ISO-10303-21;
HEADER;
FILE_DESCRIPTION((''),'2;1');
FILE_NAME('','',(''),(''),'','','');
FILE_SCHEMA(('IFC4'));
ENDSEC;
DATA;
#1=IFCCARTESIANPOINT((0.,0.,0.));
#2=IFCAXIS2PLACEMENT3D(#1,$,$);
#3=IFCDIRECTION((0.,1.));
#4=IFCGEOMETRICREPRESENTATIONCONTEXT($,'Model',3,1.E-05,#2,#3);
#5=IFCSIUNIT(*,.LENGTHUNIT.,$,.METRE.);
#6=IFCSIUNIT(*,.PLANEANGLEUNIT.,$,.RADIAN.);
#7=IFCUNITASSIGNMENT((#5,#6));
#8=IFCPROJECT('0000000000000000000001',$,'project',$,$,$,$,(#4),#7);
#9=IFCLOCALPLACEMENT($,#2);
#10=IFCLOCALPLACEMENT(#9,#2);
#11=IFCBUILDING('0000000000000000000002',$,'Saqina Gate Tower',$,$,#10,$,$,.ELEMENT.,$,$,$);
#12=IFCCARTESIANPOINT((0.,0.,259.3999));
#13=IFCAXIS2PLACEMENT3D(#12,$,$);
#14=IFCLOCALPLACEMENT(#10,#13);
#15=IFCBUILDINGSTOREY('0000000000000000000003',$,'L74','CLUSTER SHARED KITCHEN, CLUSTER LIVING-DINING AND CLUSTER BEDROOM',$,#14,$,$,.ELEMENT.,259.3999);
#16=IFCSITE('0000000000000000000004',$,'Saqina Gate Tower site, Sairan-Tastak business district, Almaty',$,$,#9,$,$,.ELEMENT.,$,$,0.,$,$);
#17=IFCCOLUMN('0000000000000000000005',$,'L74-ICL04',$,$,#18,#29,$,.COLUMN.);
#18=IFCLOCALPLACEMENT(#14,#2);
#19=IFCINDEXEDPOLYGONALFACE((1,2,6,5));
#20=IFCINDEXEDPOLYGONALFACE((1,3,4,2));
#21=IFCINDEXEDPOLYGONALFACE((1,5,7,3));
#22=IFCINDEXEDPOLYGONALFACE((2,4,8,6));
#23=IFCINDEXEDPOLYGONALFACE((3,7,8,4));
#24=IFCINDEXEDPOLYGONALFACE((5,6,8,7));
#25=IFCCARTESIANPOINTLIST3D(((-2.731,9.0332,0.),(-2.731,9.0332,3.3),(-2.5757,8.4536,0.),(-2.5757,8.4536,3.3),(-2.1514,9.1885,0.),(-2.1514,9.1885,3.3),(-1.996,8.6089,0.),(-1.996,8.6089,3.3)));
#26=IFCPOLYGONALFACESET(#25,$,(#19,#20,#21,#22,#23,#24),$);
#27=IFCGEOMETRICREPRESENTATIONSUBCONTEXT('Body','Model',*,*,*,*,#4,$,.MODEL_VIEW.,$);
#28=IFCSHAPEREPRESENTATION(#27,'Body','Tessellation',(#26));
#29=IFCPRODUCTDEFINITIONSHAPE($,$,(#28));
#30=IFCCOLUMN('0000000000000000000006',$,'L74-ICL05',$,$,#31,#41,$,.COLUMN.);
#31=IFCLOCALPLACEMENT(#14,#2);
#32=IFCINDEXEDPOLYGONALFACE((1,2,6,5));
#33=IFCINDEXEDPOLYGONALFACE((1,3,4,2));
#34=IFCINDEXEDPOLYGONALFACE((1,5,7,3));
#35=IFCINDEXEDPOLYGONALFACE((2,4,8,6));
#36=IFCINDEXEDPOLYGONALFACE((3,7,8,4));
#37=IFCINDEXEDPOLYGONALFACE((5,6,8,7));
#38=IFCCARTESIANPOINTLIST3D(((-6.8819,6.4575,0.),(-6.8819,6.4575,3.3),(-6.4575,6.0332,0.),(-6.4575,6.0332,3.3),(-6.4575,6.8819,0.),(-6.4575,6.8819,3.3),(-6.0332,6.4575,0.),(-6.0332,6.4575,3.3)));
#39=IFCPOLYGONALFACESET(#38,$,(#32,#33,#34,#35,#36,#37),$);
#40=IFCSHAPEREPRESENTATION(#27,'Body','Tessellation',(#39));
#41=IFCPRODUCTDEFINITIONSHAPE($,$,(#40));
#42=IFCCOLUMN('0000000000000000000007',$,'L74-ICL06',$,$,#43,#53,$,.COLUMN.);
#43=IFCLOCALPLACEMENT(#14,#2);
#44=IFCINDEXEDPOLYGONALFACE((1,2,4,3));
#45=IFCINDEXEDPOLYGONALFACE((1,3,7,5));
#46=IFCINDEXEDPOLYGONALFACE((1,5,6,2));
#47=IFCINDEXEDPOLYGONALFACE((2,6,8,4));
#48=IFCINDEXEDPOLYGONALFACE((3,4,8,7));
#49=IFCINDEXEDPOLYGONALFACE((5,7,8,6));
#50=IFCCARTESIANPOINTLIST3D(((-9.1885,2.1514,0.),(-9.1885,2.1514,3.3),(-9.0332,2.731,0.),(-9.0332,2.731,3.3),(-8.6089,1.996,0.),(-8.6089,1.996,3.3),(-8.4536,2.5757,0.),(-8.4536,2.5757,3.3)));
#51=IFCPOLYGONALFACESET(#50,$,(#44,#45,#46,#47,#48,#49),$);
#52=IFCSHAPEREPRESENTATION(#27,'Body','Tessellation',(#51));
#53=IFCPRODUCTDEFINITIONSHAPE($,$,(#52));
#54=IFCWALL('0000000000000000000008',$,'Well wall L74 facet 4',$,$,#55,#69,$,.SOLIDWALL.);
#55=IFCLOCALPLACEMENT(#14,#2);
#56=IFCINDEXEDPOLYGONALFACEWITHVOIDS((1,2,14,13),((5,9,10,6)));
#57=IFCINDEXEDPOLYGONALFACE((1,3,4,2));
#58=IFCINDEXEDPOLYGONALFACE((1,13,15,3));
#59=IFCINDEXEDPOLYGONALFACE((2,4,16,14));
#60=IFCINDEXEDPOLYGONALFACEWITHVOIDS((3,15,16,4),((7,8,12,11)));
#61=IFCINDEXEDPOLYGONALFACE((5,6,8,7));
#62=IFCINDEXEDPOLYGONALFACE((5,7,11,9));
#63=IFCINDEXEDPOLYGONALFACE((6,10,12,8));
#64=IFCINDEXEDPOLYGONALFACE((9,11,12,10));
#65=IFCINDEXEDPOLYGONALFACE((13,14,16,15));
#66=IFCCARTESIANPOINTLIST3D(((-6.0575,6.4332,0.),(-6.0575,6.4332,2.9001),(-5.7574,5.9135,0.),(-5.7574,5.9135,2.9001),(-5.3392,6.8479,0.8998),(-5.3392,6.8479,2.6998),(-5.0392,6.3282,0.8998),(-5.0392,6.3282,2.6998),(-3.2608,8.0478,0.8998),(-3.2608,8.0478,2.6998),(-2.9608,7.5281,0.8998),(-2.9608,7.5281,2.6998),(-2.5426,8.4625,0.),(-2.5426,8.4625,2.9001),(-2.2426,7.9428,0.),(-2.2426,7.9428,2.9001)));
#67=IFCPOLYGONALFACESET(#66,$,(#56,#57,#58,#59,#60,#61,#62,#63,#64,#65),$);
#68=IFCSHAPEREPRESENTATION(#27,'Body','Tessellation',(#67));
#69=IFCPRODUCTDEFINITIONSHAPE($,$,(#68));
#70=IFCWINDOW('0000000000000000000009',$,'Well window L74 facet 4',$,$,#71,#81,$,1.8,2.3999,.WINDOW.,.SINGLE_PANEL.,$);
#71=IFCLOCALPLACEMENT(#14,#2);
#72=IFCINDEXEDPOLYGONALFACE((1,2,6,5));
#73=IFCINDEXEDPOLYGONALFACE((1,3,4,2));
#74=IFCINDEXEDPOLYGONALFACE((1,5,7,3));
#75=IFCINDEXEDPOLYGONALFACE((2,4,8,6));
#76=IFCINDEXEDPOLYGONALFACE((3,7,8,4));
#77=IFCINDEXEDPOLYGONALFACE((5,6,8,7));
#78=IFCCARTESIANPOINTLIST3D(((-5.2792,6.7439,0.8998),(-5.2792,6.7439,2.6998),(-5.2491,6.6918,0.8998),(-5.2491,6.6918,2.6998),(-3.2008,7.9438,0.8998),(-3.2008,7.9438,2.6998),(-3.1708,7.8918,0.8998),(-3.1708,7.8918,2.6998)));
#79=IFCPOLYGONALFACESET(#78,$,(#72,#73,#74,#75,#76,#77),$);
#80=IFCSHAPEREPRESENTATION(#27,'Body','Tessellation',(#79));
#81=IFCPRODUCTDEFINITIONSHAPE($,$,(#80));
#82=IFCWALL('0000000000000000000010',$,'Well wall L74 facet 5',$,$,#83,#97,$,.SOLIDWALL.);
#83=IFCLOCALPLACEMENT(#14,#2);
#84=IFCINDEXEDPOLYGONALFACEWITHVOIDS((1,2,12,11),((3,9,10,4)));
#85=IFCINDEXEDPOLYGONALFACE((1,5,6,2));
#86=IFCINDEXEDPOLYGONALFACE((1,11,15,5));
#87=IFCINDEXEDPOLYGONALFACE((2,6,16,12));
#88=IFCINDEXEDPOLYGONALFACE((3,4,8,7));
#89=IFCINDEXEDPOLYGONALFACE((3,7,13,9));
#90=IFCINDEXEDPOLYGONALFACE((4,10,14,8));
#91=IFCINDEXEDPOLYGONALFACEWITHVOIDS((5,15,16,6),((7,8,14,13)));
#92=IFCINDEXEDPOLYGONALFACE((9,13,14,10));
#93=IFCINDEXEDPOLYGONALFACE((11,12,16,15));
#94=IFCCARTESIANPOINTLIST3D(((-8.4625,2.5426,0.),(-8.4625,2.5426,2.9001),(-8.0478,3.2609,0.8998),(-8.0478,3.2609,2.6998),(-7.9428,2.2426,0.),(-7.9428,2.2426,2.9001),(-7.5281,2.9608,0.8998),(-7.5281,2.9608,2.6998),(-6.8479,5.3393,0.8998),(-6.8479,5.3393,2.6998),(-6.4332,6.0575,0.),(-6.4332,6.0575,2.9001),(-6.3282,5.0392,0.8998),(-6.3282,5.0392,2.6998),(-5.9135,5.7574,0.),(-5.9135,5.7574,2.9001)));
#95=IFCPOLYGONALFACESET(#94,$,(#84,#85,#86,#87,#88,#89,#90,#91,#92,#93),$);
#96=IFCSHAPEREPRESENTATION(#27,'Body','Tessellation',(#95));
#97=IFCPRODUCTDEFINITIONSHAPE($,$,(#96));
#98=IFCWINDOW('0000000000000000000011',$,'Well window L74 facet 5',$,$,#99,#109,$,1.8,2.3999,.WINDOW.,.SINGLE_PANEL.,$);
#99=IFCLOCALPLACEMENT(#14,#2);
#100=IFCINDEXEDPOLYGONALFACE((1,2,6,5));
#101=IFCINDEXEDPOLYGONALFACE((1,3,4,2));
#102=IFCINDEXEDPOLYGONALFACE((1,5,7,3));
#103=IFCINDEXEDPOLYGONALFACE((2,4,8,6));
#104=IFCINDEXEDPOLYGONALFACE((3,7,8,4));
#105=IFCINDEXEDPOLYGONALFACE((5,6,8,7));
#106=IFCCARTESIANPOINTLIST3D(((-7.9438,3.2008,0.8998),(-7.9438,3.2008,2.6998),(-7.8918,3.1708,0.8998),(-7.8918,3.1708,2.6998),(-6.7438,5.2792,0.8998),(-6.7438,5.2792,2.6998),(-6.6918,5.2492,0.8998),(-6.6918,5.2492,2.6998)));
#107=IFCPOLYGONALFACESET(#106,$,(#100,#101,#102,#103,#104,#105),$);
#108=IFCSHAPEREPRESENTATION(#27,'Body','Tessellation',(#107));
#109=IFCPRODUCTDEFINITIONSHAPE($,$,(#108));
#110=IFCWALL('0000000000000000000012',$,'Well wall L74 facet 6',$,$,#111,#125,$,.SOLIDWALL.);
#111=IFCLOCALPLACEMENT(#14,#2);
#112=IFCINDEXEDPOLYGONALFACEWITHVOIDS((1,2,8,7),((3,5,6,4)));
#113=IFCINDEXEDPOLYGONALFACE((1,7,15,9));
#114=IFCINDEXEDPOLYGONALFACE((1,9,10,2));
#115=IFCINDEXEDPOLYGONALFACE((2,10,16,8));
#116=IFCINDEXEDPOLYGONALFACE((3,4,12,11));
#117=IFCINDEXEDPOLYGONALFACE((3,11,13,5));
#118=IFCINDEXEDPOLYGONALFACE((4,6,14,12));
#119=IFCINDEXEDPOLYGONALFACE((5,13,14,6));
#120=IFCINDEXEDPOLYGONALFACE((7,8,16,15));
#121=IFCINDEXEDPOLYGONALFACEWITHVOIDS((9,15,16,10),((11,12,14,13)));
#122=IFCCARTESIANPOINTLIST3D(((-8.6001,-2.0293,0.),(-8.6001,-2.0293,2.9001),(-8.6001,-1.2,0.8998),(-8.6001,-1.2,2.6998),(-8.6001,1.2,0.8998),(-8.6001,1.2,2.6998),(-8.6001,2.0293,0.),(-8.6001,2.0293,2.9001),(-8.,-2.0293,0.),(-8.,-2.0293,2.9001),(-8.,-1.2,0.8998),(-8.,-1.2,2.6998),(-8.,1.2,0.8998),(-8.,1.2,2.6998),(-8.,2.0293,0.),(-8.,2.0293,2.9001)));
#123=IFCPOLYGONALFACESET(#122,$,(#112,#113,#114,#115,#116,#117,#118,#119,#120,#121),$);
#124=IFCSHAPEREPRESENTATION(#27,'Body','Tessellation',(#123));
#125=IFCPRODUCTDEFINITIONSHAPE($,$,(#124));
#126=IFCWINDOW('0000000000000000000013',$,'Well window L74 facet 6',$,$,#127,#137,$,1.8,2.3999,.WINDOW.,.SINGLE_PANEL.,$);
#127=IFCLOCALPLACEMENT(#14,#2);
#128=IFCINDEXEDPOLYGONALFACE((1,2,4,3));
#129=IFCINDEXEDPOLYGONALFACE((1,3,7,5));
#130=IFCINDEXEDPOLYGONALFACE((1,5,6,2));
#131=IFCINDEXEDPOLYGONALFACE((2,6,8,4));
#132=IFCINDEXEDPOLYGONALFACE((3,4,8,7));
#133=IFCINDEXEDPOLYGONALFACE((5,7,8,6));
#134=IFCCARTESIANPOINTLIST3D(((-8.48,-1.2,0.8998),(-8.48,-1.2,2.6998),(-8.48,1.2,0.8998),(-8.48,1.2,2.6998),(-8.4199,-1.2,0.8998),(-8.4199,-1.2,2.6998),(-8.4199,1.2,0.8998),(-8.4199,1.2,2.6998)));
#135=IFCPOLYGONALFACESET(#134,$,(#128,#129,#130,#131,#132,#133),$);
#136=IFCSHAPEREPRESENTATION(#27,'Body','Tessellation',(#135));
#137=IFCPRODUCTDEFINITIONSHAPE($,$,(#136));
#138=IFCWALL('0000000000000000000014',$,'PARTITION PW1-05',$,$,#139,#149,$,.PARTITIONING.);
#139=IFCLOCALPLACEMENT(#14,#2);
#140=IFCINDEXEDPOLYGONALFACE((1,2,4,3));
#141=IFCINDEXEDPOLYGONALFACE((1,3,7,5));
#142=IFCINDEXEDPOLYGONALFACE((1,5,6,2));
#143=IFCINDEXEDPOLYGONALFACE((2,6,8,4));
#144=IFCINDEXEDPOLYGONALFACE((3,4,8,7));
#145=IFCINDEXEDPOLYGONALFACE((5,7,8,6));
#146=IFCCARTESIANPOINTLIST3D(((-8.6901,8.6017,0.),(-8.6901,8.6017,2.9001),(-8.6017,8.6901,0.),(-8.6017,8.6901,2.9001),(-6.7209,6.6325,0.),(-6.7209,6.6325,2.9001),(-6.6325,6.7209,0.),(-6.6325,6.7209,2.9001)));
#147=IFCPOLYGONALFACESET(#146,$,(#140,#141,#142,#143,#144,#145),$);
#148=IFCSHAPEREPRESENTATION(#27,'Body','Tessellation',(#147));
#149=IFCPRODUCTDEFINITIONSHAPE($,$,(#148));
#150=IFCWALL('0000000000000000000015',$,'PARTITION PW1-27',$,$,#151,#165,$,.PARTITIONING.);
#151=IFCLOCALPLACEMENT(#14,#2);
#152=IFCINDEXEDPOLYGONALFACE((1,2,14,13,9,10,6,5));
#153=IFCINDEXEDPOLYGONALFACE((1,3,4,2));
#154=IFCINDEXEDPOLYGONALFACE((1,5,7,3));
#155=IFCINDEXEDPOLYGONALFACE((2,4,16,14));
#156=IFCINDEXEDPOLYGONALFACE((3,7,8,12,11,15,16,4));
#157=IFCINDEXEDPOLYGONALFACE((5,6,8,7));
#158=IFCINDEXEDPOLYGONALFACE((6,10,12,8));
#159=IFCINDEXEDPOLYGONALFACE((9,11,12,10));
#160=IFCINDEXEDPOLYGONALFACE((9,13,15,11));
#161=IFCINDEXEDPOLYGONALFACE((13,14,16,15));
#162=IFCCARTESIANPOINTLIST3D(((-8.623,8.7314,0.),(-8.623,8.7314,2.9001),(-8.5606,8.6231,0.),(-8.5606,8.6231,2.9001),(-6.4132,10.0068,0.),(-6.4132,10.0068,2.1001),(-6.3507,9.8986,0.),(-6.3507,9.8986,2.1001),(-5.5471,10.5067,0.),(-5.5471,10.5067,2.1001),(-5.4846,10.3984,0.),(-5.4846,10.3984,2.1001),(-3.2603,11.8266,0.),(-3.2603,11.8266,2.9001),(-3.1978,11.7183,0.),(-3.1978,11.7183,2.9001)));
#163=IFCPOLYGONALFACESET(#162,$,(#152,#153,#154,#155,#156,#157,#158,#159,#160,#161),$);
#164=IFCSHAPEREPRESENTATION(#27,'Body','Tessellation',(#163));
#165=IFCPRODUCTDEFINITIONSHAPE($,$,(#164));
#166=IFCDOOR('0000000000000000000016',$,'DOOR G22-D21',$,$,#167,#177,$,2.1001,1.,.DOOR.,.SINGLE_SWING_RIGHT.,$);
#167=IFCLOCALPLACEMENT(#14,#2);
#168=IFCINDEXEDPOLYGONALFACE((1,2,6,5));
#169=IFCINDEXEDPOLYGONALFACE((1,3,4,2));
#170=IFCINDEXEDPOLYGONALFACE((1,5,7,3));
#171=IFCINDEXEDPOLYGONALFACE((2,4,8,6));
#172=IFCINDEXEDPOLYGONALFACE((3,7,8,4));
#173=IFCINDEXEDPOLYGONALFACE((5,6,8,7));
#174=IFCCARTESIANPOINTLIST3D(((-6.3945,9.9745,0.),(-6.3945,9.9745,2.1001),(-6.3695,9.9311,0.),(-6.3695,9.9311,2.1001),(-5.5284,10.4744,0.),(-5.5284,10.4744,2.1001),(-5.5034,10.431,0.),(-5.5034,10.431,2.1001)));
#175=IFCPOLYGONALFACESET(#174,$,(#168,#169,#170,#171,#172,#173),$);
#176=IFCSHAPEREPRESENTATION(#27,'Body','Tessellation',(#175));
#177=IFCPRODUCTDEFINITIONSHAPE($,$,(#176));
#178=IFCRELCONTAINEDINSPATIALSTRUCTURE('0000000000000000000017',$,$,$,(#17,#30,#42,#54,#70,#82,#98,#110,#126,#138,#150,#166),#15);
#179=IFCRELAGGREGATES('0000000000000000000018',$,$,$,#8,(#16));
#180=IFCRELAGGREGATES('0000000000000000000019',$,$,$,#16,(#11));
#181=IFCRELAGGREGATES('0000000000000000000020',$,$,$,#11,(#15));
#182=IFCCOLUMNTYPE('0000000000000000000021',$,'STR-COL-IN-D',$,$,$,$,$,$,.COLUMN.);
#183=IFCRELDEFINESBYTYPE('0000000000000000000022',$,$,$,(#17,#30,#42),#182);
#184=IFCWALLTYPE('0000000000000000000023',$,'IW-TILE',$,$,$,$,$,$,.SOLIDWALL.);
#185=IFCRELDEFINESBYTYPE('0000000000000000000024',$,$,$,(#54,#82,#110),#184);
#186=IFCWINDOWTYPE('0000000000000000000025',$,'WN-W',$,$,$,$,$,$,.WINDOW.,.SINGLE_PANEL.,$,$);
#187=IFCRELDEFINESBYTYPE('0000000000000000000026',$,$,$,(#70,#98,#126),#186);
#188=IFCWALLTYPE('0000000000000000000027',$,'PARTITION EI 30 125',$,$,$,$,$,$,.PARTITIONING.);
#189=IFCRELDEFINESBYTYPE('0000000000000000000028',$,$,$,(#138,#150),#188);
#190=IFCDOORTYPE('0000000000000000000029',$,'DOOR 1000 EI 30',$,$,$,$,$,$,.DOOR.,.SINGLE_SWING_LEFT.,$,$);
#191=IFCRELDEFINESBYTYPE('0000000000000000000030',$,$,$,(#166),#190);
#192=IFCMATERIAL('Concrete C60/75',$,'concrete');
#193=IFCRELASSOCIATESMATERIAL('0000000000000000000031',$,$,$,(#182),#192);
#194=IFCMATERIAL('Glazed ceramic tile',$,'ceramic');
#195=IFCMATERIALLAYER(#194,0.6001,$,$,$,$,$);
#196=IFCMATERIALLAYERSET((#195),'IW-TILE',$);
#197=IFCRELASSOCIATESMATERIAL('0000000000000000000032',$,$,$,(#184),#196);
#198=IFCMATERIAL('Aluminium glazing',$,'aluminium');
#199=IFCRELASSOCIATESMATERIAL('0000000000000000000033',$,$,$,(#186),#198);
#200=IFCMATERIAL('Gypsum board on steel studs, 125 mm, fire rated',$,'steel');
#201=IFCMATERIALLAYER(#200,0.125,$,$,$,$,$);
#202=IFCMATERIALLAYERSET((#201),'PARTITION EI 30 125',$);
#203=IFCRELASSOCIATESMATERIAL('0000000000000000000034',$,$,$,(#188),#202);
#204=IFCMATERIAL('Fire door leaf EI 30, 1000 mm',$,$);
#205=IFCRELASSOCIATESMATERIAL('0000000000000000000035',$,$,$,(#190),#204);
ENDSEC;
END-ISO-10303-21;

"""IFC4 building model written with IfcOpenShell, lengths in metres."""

from ifc_helpers import new_model, si_unit, direction, frame, frame_2d, origin, origin_2d, place, context, subcontext, project, spatial, rectangle, extrude, material, layer, layer_set, material_profile, profile_set, type_object, element, fill, save


model = new_model("IFC4")

# Units and contexts
model_context = context("Model", 3, precision=1e-05, world=origin(), true_north=direction((0.0, 1.0)))
body_context = subcontext(model_context, "Body", "Model", "MODEL_VIEW")
ifc_project = project(units=[si_unit("LENGTHUNIT", "METRE"), si_unit("PLANEANGLEUNIT", "RADIAN")], contexts=[model_context])

# Site, building, storey
site_placement = place(None, origin())
site = spatial("IfcSite", under=ifc_project, at=site_placement, Name="Saqina Gate Tower site, Sairan-Tastak business district, Almaty", CompositionType="ELEMENT", RefElevation=0.0)
building_placement = place(site_placement, origin())
building = spatial("IfcBuilding", under=site, at=building_placement, Name="Saqina Gate Tower", CompositionType="ELEMENT")
storey_placement = place(building_placement, frame((0.0, 0.0, 259.3999)))
storey = spatial("IfcBuildingStorey", under=building, at=storey_placement, Name="L74", Description="CLUSTER SHARED KITCHEN, CLUSTER LIVING-DINING AND CLUSTER BEDROOM", CompositionType="ELEMENT", Elevation=259.3999)

# Columns
ifc_material_1 = material(Name="Concrete C60/75", Category="concrete")
ifc_material_profile = material_profile(ifc_material_1, rectangle(XDim=0.6001, YDim=0.6001, at=origin_2d()), Name="RC 600x600")
ifc_profile_set = profile_set([ifc_material_profile], Name="Concrete C60/75")
column_type = type_object("IfcColumnType", Name="STR-COL-IN-D", PredefinedType="COLUMN", material=ifc_profile_set)
for number, where, z_axis, x_axis, name in (
    (1, (-2.3635, 8.821, 0.0), (0.0, 0.0, 1.0), (-0.258819, 0.965926, 0.0), "L74-ICL04"),
    (2, (-6.4575, 6.4575, 0.0), (0.0, 0.0, 1.0), (-0.707107, 0.707107, 0.0), "L74-ICL05"),
    (3, (-8.821, 2.3635, 0.0), (0.0, 0.0, 1.0), (-0.965926, 0.258819, 0.0), "L74-ICL06"),
):
    element("IfcColumn", number, at=place(storey_placement, frame(where, z_axis=z_axis, x_axis=x_axis)), inside=storey, type_object=column_type, Name=name, PredefinedType="COLUMN", context=body_context, shape_type="SweptSolid", body=[
        extrude(rectangle(XDim=0.6001, YDim=0.6001, at=origin_2d()), origin(), (0.0, 0.0, 1.0), 3.3),
    ])

# Walls, openings, windows
ifc_material_2 = material(Name="Glazed ceramic tile", Category="ceramic")
ifc_layer_1 = layer(ifc_material_2, 0.6001)
ifc_layer_set_1 = layer_set([ifc_layer_1], Name="IW-TILE")
wall_type_1 = type_object("IfcWallType", Name="IW-TILE", PredefinedType="SOLIDWALL", material=ifc_layer_set_1)
wall_1_placement = place(storey_placement, frame((-2.3926, 8.2026, 0.0), z_axis=(0.0, 0.0, 1.0), x_axis=(-0.866028, -0.499995, 0.0)))
wall_1 = element("IfcWall", 4, at=wall_1_placement, inside=storey, type_object=wall_type_1, Name="Well wall L74 facet 4", PredefinedType="SOLIDWALL", context=body_context, shape_type="SweptSolid", body=[
    extrude(rectangle(XDim=4.0586, YDim=0.6001, at=frame_2d((2.0293, 0.0))), origin(), (0.0, 0.0, 1.0), 2.9001),
])
opening_1_placement = place(wall_1_placement, frame((0.8293, 0.0, 0.8999)))
opening_1 = element("IfcOpeningElement", 5, at=opening_1_placement, cuts=wall_1, PredefinedType="OPENING", context=body_context, shape_type="SweptSolid", body=[
    extrude(rectangle(XDim=2.3999, YDim=1.8, at=frame_2d((1.2, 0.8999))), frame((0.0, 0.312, 0.0), z_axis=(0.0, -1.0, 0.0), x_axis=(1.0, 0.0, 0.0)), (0.0, 0.0, 1.0), 0.624),
])
ifc_material_3 = material(Name="Aluminium glazing", Category="aluminium")
window_type = type_object("IfcWindowType", Name="WN-W", PartitioningType="SINGLE_PANEL", PredefinedType="WINDOW", material=ifc_material_3)
window_1_placement = place(opening_1_placement, origin())
window_1 = element("IfcWindow", 6, at=window_1_placement, inside=storey, type_object=window_type, Name="Well window L74 facet 4", OverallHeight=1.8, OverallWidth=2.3999, PartitioningType="SINGLE_PANEL", PredefinedType="WINDOW", context=body_context, shape_type="SweptSolid", body=[
    extrude(rectangle(XDim=2.3999, YDim=1.8, at=frame_2d((1.2, 0.8999))), frame((0.0, -0.1199, 0.0), z_axis=(0.0, -1.0, 0.0), x_axis=(1.0, 0.0, 0.0)), (0.0, 0.0, 1.0), 0.0601),
])
fill(opening_1, window_1)
wall_2_placement = place(storey_placement, frame((-6.1733, 5.9075, 0.0), z_axis=(0.0, 0.0, 1.0), x_axis=(-0.499995, -0.866028, 0.0)))
wall_2 = element("IfcWall", 7, at=wall_2_placement, inside=storey, type_object=wall_type_1, Name="Well wall L74 facet 5", PredefinedType="SOLIDWALL", context=body_context, shape_type="SweptSolid", body=[
    extrude(rectangle(XDim=4.0586, YDim=0.6001, at=frame_2d((2.0293, 0.0))), origin(), (0.0, 0.0, 1.0), 2.9001),
])
opening_2_placement = place(wall_2_placement, frame((0.8293, 0.0, 0.8999)))
opening_2 = element("IfcOpeningElement", 8, at=opening_2_placement, cuts=wall_2, PredefinedType="OPENING", context=body_context, shape_type="SweptSolid", body=[
    extrude(rectangle(XDim=2.3999, YDim=1.8, at=frame_2d((1.2, 0.8999))), frame((0.0, 0.312, 0.0), z_axis=(0.0, -1.0, 0.0), x_axis=(1.0, 0.0, 0.0)), (0.0, 0.0, 1.0), 0.624),
])
window_2_placement = place(opening_2_placement, origin())
window_2 = element("IfcWindow", 9, at=window_2_placement, inside=storey, type_object=window_type, Name="Well window L74 facet 5", OverallHeight=1.8, OverallWidth=2.3999, PartitioningType="SINGLE_PANEL", PredefinedType="WINDOW", context=body_context, shape_type="SweptSolid", body=[
    extrude(rectangle(XDim=2.3999, YDim=1.8, at=frame_2d((1.2, 0.8999))), frame((0.0, -0.1199, 0.0), z_axis=(0.0, -1.0, 0.0), x_axis=(1.0, 0.0, 0.0)), (0.0, 0.0, 1.0), 0.0601),
])
fill(opening_2, window_2)
wall_3_placement = place(storey_placement, frame((-8.3, 2.0293, 0.0), z_axis=(0.0, 0.0, 1.0), x_axis=(0.0, -1.0, 0.0)))
wall_3 = element("IfcWall", 10, at=wall_3_placement, inside=storey, type_object=wall_type_1, Name="Well wall L74 facet 6", PredefinedType="SOLIDWALL", context=body_context, shape_type="SweptSolid", body=[
    extrude(rectangle(XDim=4.0586, YDim=0.6001, at=frame_2d((2.0293, 0.0))), origin(), (0.0, 0.0, 1.0), 2.9001),
])
opening_3_placement = place(wall_3_placement, frame((0.8293, 0.0, 0.8999)))
opening_3 = element("IfcOpeningElement", 11, at=opening_3_placement, cuts=wall_3, PredefinedType="OPENING", context=body_context, shape_type="SweptSolid", body=[
    extrude(rectangle(XDim=2.3999, YDim=1.8, at=frame_2d((1.2, 0.8999))), frame((0.0, 0.312, 0.0), z_axis=(0.0, -1.0, 0.0), x_axis=(1.0, 0.0, 0.0)), (0.0, 0.0, 1.0), 0.624),
])
window_3_placement = place(opening_3_placement, origin())
window_3 = element("IfcWindow", 12, at=window_3_placement, inside=storey, type_object=window_type, Name="Well window L74 facet 6", OverallHeight=1.8, OverallWidth=2.3999, PartitioningType="SINGLE_PANEL", PredefinedType="WINDOW", context=body_context, shape_type="SweptSolid", body=[
    extrude(rectangle(XDim=2.3999, YDim=1.8, at=frame_2d((1.2, 0.8999))), frame((0.0, -0.1199, 0.0), z_axis=(0.0, -1.0, 0.0), x_axis=(1.0, 0.0, 0.0)), (0.0, 0.0, 1.0), 0.0601),
])
fill(opening_3, window_3)

# Wall
ifc_material_4 = material(Name="Gypsum board on steel studs, 125 mm, fire rated", Category="steel")
ifc_layer_2 = layer(ifc_material_4, 0.125)
ifc_layer_set_2 = layer_set([ifc_layer_2], Name="PARTITION EI 30 125")
wall_type_2 = type_object("IfcWallType", Name="PARTITION EI 30 125", PredefinedType="PARTITIONING", material=ifc_layer_set_2)
wall_4_placement = place(storey_placement, frame((-8.646, 8.646, 0.0), z_axis=(0.0, 0.0, 1.0), x_axis=(0.707107, -0.707107, 0.0)))
element("IfcWall", 13, at=wall_4_placement, inside=storey, type_object=wall_type_2, Name="PARTITION PW1-05", PredefinedType="PARTITIONING", context=body_context, shape_type="SweptSolid", body=[
    extrude(rectangle(XDim=2.7849, YDim=0.125, at=frame_2d((1.3926, 0.0))), origin(), (0.0, 0.0, 1.0), 2.9001),
])

# Wall, opening, door
wall_5_placement = place(storey_placement, frame((-8.5918, 8.6772, 0.0), z_axis=(0.0, 0.0, 1.0), x_axis=(0.866095, 0.499879, 0.0)))
wall_5 = element("IfcWall", 14, at=wall_5_placement, inside=storey, type_object=wall_type_2, Name="PARTITION PW1-27", PredefinedType="PARTITIONING", context=body_context, shape_type="SweptSolid", body=[
    extrude(rectangle(XDim=6.1919, YDim=0.125, at=frame_2d((3.0959, 0.0))), origin(), (0.0, 0.0, 1.0), 2.9001),
])
opening_4_placement = place(wall_5_placement, frame((2.5515, 0.0, 0.0)))
opening_4 = element("IfcOpeningElement", 15, at=opening_4_placement, cuts=wall_5, PredefinedType="OPENING", context=body_context, shape_type="SweptSolid", body=[
    extrude(rectangle(XDim=1.0, YDim=2.1001, at=frame_2d((0.5, 1.05))), frame((0.0, 0.0745, 0.0), z_axis=(0.0, -1.0, 0.0), x_axis=(1.0, 0.0, 0.0)), (0.0, 0.0, 1.0), 0.1489),
])
ifc_material_5 = material(Name="Fire door leaf EI 30, 1000 mm")
door_type_1 = type_object("IfcDoorType", Name="DOOR 1000 EI 30", OperationType="SINGLE_SWING_LEFT", PredefinedType="DOOR", material=ifc_material_5)
door_1_placement = place(opening_4_placement, frame((1.0, 0.0, 0.0), z_axis=(0.0, 0.0, 1.0), x_axis=(-1.0, 0.0, 0.0)))
door_1 = element("IfcDoor", 16, at=door_1_placement, inside=storey, type_object=door_type_1, Name="DOOR G22-D21", OperationType="SINGLE_SWING_RIGHT", OverallHeight=2.1001, OverallWidth=1.0, PredefinedType="DOOR", context=body_context, shape_type="SweptSolid", body=[
    extrude(rectangle(XDim=1.0, YDim=2.1001, at=frame_2d((0.5, 1.05))), frame((0.0, 0.0249, 0.0), z_axis=(0.0, -1.0, 0.0), x_axis=(1.0, 0.0, 0.0)), (0.0, 0.0, 1.0), 0.05),
])
fill(opening_4, door_1)

save(model, "model.ifc")
